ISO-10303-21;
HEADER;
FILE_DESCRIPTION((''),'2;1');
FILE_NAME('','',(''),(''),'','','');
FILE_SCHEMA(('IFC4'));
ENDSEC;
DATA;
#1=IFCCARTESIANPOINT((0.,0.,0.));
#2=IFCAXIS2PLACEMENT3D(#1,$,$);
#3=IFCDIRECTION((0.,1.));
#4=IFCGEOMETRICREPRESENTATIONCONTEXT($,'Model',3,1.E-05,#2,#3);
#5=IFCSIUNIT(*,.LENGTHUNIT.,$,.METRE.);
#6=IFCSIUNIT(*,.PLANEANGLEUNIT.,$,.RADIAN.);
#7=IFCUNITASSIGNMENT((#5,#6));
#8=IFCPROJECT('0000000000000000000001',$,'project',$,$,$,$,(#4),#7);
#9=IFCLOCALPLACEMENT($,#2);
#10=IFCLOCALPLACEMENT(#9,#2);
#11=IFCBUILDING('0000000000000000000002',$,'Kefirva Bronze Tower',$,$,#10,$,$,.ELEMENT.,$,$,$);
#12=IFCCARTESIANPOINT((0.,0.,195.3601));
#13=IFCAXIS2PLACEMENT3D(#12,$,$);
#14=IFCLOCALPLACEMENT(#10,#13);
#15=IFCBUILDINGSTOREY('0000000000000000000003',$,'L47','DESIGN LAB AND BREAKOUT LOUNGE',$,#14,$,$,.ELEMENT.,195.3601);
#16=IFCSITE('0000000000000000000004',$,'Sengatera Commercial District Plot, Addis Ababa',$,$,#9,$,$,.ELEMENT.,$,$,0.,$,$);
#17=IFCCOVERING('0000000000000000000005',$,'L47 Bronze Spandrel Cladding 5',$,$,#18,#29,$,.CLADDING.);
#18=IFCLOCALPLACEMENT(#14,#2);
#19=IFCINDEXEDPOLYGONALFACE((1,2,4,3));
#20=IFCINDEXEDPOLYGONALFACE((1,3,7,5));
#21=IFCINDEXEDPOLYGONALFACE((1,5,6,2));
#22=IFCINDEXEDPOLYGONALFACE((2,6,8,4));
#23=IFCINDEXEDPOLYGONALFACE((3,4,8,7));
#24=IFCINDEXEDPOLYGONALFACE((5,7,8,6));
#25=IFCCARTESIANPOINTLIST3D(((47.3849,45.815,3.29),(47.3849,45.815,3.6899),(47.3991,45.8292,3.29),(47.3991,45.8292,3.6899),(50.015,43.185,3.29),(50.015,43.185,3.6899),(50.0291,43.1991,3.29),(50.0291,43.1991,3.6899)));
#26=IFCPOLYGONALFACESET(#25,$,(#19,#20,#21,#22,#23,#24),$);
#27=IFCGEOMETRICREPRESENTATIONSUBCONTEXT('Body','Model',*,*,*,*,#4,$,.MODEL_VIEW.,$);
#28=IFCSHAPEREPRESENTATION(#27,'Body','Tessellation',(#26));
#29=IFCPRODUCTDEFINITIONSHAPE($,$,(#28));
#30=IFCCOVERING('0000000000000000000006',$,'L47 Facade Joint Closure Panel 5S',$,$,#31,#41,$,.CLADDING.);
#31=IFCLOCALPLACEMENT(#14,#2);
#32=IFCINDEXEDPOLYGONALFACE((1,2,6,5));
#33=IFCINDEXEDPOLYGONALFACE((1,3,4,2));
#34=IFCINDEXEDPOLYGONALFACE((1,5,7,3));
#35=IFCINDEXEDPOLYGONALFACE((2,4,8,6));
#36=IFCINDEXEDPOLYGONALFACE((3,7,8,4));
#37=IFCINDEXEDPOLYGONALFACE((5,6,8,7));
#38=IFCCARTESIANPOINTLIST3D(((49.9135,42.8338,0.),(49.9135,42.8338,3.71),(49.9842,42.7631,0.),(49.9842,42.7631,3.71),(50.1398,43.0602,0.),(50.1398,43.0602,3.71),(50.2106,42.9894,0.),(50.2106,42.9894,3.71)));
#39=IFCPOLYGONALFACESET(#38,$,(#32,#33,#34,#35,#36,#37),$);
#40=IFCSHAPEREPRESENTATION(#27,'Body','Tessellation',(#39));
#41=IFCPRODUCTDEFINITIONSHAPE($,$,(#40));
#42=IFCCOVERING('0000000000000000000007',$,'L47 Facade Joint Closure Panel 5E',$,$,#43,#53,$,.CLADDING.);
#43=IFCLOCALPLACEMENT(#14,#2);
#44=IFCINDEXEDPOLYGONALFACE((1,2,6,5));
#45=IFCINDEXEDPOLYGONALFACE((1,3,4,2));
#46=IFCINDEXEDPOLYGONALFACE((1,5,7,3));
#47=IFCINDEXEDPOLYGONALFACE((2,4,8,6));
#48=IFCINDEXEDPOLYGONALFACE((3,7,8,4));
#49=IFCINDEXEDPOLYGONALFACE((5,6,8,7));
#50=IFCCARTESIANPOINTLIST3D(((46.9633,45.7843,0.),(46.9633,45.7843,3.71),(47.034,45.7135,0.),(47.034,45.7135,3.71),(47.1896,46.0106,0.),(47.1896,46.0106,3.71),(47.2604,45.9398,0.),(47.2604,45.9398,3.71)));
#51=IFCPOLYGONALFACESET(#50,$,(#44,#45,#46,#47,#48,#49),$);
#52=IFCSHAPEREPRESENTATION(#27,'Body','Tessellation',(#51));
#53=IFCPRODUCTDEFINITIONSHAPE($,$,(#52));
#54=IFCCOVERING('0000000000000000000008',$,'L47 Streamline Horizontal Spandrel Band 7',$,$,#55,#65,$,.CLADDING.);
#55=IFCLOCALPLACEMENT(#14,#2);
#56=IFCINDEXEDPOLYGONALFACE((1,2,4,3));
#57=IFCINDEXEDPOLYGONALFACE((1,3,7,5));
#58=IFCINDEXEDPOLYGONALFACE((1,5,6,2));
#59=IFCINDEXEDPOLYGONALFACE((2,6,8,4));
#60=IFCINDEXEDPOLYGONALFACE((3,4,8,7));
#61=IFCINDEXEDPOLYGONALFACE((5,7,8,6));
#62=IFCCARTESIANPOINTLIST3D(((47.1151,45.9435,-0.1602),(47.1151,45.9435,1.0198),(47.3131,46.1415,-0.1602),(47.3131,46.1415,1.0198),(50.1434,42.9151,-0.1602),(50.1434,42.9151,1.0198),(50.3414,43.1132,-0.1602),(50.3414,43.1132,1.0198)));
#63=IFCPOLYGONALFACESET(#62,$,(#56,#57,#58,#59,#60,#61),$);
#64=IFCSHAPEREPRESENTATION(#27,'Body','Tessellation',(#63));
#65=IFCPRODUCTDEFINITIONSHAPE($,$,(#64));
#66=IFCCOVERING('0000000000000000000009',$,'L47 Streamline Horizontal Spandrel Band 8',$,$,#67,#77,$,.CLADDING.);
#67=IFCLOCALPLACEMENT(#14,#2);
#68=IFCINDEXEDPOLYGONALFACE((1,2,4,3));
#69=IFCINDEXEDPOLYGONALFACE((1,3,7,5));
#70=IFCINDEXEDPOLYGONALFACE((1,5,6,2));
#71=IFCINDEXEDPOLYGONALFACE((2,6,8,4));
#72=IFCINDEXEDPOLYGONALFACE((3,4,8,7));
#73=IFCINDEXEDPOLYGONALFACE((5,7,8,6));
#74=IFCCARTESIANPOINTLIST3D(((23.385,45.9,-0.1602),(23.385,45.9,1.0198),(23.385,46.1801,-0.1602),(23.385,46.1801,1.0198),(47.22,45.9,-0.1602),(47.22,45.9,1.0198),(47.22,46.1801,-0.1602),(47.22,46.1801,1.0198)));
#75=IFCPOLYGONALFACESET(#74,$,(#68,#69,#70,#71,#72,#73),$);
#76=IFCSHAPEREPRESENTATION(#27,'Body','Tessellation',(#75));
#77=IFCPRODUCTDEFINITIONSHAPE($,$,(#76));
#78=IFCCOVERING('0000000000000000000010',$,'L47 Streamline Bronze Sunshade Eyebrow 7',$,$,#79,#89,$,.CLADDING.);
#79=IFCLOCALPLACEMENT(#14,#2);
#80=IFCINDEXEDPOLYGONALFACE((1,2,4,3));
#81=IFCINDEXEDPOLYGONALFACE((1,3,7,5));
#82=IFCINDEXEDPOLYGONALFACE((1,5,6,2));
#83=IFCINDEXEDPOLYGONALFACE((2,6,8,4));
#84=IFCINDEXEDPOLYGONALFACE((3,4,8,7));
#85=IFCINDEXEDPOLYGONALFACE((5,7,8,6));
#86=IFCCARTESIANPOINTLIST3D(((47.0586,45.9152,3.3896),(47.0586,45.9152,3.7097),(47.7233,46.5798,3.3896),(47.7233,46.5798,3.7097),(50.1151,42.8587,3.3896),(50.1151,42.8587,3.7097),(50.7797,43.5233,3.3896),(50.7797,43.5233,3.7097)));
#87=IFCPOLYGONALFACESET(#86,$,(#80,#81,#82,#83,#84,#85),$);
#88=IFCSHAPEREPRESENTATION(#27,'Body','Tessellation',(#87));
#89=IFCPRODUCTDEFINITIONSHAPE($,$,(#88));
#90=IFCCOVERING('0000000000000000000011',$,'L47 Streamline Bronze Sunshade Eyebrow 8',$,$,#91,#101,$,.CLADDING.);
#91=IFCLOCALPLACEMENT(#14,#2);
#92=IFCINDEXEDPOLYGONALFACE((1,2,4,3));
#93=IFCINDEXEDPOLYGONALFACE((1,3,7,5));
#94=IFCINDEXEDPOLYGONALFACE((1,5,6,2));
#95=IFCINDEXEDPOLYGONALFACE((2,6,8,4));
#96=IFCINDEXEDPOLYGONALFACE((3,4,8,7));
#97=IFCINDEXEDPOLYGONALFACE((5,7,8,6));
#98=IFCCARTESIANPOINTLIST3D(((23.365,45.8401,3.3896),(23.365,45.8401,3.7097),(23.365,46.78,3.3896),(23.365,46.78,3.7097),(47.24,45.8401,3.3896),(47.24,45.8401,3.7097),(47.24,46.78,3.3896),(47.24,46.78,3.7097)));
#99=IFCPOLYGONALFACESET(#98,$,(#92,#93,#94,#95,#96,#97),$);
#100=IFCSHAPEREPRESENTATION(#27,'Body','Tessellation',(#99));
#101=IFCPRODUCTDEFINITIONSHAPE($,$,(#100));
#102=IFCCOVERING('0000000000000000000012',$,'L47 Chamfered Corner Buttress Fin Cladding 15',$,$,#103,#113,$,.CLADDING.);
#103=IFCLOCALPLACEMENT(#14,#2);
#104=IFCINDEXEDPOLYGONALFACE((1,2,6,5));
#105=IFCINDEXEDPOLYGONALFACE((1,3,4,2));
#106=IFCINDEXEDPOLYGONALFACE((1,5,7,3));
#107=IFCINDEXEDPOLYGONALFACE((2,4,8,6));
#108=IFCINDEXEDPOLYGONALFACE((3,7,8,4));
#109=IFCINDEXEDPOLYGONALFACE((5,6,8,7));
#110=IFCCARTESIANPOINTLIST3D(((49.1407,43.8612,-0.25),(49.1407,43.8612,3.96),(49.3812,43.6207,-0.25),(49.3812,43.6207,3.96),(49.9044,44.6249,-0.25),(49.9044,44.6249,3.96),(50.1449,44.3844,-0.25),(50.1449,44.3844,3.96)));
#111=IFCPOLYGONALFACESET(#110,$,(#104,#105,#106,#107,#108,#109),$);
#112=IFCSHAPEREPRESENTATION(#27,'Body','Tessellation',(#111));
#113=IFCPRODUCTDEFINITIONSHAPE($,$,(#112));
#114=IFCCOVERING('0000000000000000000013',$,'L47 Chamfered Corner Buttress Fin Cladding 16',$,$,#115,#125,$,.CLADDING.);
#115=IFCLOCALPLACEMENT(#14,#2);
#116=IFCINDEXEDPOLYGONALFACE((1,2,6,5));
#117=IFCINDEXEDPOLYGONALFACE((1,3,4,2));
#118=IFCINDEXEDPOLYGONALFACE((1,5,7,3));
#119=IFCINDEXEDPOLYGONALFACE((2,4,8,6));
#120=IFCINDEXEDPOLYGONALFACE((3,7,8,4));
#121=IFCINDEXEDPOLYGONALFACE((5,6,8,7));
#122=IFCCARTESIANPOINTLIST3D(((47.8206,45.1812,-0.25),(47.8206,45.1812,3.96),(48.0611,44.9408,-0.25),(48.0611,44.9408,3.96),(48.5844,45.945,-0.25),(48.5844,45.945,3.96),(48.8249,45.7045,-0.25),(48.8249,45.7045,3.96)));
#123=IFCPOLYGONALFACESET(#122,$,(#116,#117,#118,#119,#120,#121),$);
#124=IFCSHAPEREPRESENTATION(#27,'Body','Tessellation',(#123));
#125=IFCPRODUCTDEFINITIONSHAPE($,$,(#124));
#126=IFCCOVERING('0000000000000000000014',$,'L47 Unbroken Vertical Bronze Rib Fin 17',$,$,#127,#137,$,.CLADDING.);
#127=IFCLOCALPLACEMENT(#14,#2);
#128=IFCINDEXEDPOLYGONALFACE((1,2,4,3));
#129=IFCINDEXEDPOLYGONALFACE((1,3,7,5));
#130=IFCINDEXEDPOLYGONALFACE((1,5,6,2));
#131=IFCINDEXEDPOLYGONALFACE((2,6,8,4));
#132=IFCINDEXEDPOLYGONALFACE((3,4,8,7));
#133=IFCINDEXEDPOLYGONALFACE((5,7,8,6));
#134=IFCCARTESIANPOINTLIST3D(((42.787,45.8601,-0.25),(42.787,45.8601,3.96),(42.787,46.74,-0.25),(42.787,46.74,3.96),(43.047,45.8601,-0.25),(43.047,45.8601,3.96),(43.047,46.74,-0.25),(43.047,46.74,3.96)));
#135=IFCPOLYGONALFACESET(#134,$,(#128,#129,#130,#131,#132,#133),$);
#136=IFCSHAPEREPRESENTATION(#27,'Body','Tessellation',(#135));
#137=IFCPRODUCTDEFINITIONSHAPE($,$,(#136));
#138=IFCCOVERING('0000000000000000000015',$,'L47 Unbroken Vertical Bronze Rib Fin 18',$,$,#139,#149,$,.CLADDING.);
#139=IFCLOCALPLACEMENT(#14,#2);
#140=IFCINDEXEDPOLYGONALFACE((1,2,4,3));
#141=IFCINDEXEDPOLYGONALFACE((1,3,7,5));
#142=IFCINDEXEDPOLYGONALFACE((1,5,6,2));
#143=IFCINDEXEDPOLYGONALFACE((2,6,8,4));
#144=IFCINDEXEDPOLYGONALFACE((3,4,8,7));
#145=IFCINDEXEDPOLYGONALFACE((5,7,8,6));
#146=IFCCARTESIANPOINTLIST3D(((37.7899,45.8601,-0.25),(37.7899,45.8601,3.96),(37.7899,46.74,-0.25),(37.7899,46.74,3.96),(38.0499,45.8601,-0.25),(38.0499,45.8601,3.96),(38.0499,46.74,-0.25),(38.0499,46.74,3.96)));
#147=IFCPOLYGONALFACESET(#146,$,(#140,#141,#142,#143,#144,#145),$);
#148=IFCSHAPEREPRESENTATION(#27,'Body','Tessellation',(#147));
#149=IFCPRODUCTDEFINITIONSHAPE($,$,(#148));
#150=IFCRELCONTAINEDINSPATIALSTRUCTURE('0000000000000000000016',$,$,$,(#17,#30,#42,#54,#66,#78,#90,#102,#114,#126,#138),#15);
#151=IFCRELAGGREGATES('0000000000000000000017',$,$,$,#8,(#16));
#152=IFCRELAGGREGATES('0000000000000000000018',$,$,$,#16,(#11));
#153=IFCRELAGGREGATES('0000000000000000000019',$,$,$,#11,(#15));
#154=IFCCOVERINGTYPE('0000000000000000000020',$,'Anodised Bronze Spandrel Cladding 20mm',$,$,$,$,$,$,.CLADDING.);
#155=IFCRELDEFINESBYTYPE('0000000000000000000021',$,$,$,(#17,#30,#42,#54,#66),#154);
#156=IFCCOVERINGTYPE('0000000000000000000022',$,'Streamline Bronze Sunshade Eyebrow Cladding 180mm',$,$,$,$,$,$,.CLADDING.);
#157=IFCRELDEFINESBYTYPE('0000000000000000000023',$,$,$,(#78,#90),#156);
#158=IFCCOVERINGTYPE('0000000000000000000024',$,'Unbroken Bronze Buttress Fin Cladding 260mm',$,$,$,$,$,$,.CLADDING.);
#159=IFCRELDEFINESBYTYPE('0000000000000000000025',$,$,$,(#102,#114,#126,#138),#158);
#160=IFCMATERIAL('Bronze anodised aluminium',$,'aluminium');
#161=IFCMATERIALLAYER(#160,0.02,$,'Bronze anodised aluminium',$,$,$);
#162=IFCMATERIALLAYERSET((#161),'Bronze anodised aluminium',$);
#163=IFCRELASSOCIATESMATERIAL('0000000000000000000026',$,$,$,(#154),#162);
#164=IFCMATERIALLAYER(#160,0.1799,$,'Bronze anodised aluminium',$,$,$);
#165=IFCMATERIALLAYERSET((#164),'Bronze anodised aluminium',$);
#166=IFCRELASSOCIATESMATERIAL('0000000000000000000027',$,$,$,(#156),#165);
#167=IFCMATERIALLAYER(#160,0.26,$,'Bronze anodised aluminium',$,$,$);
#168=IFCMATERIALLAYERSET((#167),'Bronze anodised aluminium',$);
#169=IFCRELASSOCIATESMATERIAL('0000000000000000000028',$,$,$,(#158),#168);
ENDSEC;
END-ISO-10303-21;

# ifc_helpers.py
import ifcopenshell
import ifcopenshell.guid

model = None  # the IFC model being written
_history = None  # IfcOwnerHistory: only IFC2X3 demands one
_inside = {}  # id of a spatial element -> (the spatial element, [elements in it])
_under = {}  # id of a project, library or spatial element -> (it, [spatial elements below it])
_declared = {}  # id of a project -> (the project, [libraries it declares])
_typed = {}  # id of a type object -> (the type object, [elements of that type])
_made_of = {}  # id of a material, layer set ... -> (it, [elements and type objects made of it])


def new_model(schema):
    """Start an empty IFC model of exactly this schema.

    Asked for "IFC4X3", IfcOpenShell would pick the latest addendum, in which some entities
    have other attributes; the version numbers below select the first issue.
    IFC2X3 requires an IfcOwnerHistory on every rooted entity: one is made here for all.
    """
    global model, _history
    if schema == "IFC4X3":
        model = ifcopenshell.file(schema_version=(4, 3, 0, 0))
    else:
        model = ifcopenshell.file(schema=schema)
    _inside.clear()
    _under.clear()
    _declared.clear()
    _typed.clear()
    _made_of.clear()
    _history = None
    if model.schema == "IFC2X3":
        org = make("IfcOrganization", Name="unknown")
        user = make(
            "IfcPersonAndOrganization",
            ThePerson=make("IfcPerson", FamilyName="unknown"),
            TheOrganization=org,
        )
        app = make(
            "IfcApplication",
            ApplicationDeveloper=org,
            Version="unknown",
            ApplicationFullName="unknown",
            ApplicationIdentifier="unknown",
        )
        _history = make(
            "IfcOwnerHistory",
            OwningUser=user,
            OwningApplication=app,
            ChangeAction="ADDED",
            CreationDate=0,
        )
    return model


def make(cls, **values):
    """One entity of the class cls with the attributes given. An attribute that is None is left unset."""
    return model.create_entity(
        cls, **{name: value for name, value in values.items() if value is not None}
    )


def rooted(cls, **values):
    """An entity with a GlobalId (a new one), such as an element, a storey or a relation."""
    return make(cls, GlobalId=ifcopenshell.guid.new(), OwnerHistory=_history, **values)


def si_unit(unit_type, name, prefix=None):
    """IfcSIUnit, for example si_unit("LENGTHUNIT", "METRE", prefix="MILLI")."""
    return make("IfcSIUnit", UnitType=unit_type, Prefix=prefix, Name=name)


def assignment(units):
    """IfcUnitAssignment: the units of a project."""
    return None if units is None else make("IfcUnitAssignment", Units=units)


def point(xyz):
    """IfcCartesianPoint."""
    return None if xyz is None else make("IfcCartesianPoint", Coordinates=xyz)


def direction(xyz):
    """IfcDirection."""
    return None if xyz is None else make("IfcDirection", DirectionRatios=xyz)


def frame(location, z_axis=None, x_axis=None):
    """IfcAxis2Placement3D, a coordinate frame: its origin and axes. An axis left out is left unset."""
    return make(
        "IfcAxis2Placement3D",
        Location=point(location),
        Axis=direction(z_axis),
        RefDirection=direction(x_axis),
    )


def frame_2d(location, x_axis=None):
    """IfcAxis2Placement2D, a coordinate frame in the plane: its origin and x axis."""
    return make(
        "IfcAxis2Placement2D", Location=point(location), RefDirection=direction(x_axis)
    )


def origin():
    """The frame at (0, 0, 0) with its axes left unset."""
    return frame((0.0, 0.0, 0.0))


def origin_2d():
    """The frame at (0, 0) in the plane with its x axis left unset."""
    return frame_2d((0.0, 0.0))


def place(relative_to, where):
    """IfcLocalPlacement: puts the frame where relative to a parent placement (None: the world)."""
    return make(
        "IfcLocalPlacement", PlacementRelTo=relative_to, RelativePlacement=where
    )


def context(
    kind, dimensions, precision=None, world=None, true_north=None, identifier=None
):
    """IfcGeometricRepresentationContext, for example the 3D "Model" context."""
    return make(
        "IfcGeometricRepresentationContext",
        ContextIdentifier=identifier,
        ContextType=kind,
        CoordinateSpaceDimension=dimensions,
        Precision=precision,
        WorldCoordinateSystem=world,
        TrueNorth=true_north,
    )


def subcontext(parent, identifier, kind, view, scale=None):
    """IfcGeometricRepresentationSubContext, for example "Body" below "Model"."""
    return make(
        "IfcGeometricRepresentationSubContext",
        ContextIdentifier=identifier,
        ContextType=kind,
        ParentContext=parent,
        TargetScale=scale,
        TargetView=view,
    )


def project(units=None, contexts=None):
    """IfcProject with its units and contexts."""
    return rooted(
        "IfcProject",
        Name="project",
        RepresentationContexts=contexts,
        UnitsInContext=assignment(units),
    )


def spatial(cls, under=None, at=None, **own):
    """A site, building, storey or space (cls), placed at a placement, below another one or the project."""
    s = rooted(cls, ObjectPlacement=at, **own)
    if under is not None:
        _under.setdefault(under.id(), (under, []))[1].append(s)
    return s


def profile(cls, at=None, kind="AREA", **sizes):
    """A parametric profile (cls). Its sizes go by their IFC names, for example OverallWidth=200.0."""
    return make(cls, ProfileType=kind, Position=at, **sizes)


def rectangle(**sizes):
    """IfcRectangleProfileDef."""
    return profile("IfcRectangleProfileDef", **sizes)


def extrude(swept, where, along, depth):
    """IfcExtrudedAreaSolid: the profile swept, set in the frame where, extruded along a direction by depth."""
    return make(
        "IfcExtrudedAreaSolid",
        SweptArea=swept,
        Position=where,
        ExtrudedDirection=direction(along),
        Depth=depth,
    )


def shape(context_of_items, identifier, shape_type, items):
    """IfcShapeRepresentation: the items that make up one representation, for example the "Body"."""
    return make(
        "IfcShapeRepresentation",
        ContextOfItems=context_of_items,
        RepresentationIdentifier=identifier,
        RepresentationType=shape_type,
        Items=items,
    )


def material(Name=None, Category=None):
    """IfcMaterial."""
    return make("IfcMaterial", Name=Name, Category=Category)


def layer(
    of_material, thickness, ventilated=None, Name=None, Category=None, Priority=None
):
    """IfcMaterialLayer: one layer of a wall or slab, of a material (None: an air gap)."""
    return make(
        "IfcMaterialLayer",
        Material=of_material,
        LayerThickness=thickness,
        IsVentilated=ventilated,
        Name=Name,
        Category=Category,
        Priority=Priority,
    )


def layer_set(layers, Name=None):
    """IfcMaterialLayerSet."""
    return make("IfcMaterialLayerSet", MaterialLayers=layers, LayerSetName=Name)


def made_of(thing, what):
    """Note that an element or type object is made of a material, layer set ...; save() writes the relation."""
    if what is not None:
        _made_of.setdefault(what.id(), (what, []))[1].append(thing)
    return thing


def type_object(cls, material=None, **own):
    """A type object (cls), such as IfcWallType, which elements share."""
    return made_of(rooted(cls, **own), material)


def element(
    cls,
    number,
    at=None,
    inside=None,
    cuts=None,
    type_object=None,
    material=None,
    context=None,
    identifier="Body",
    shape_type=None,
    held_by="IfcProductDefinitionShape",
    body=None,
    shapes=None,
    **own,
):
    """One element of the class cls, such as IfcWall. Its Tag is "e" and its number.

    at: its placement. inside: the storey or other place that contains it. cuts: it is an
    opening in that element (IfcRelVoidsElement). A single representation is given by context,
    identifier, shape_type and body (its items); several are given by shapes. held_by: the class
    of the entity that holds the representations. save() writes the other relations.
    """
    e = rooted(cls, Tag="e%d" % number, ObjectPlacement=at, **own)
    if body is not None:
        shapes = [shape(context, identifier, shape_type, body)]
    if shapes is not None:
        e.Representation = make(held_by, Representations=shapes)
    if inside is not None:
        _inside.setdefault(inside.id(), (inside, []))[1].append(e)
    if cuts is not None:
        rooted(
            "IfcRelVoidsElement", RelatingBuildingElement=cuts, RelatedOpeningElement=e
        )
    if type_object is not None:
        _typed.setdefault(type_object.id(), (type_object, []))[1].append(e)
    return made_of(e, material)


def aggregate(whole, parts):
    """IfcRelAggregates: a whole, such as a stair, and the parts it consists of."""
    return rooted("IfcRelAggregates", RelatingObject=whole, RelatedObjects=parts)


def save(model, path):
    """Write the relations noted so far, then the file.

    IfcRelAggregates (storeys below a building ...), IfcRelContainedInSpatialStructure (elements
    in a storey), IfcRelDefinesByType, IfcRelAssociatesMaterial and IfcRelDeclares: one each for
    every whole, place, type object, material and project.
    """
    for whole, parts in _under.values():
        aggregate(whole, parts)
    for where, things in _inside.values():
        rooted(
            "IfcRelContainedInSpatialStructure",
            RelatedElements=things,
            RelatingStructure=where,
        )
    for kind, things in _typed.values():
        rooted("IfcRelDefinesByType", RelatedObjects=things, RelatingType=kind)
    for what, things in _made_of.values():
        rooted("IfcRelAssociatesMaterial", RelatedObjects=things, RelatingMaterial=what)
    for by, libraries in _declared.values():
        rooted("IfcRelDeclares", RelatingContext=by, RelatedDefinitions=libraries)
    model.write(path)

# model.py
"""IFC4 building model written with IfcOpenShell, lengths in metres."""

from ifc_helpers import new_model, si_unit, direction, frame, origin, origin_2d, place, context, subcontext, project, spatial, rectangle, extrude, material, layer, layer_set, type_object, element, save


model = new_model("IFC4")

# Units and contexts
model_context = context("Model", 3, precision=1e-05, world=origin(), true_north=direction((0.0, 1.0)))
body_context = subcontext(model_context, "Body", "Model", "MODEL_VIEW")
ifc_project = project(units=[si_unit("LENGTHUNIT", "METRE"), si_unit("PLANEANGLEUNIT", "RADIAN")], contexts=[model_context])

# Site, building, storey
site_placement = place(None, origin())
site = spatial("IfcSite", under=ifc_project, at=site_placement, Name="Sengatera Commercial District Plot, Addis Ababa", CompositionType="ELEMENT", RefElevation=0.0)
building_placement = place(site_placement, origin())
building = spatial("IfcBuilding", under=site, at=building_placement, Name="Kefirva Bronze Tower", CompositionType="ELEMENT")
storey_placement = place(building_placement, frame((0.0, 0.0, 195.3601)))
storey = spatial("IfcBuildingStorey", under=building, at=storey_placement, Name="L47", Description="DESIGN LAB AND BREAKOUT LOUNGE", CompositionType="ELEMENT", Elevation=195.3601)

# Shared definitions
ifc_material_1 = material(Name="Bronze anodised aluminium", Category="aluminium")

# Coverings
ifc_layer_1 = layer(ifc_material_1, 0.02, Name="Bronze anodised aluminium")
ifc_layer_set_1 = layer_set([ifc_layer_1], Name="Bronze anodised aluminium")
covering_type_1 = type_object("IfcCoveringType", Name="Anodised Bronze Spandrel Cladding 20mm", PredefinedType="CLADDING", material=ifc_layer_set_1)
covering_1_placement = place(storey_placement, frame((48.707, 44.5071, 3.29), z_axis=(0.0, 0.0, 1.0), x_axis=(-0.707107, 0.707107, 0.0)))
element("IfcCovering", 1, at=covering_1_placement, inside=storey, type_object=covering_type_1, Name="L47 Bronze Spandrel Cladding 5", PredefinedType="CLADDING", context=body_context, shape_type="SweptSolid", body=[
    extrude(rectangle(XDim=3.7195, YDim=0.02, at=origin_2d()), origin(), (0.0, 0.0, 1.0), 0.3999),
])
for number, where, z_axis, x_axis, name in (
    (2, (50.062, 42.9116, 0.0), (0.0, 0.0, 1.0), (-0.707107, 0.707107, 0.0), "L47 Facade Joint Closure Panel 5S"),
    (3, (47.1118, 45.8621, 0.0), (0.0, 0.0, 1.0), (-0.707107, 0.707107, 0.0), "L47 Facade Joint Closure Panel 5E"),
):
    element("IfcCovering", number, at=place(storey_placement, frame(where, z_axis=z_axis, x_axis=x_axis)), inside=storey, type_object=covering_type_1, Name=name, PredefinedType="CLADDING", context=body_context, shape_type="SweptSolid", body=[
        extrude(rectangle(XDim=0.1001, YDim=0.3201, at=origin_2d()), origin(), (0.0, 0.0, 1.0), 3.71),
    ])
covering_2_placement = place(storey_placement, frame((48.7283, 44.5283, -0.1602), z_axis=(0.0, 0.0, 1.0), x_axis=(-0.707107, 0.707107, 0.0)))
element("IfcCovering", 4, at=covering_2_placement, inside=storey, type_object=covering_type_1, Name="L47 Streamline Horizontal Spandrel Band 7", PredefinedType="CLADDING", context=body_context, shape_type="SweptSolid", body=[
    extrude(rectangle(XDim=4.2827, YDim=0.28, at=origin_2d()), origin(), (0.0, 0.0, 1.0), 1.1799),
])
covering_3_placement = place(storey_placement, frame((35.3025, 46.04, -0.1602), z_axis=(0.0, 0.0, 1.0), x_axis=(-1.0, 0.0, 0.0)))
element("IfcCovering", 5, at=covering_3_placement, inside=storey, type_object=covering_type_1, Name="L47 Streamline Horizontal Spandrel Band 8", PredefinedType="CLADDING", context=body_context, shape_type="SweptSolid", body=[
    extrude(rectangle(XDim=23.835, YDim=0.28, at=origin_2d()), origin(), (0.0, 0.0, 1.0), 1.1799),
])
ifc_layer_2 = layer(ifc_material_1, 0.1799, Name="Bronze anodised aluminium")
ifc_layer_set_2 = layer_set([ifc_layer_2], Name="Bronze anodised aluminium")
covering_type_2 = type_object("IfcCoveringType", Name="Streamline Bronze Sunshade Eyebrow Cladding 180mm", PredefinedType="CLADDING", material=ifc_layer_set_2)
covering_4_placement = place(storey_placement, frame((48.9192, 44.7192, 3.3896), z_axis=(0.0, 0.0, 1.0), x_axis=(-0.707107, 0.707107, 0.0)))
element("IfcCovering", 6, at=covering_4_placement, inside=storey, type_object=covering_type_2, Name="L47 Streamline Bronze Sunshade Eyebrow 7", PredefinedType="CLADDING", context=body_context, shape_type="SweptSolid", body=[
    extrude(rectangle(XDim=4.3225, YDim=0.9399, at=origin_2d()), origin(), (0.0, 0.0, 1.0), 0.3201),
])
covering_5_placement = place(storey_placement, frame((35.3025, 46.3101, 3.3896), z_axis=(0.0, 0.0, 1.0), x_axis=(-1.0, 0.0, 0.0)))
element("IfcCovering", 7, at=covering_5_placement, inside=storey, type_object=covering_type_2, Name="L47 Streamline Bronze Sunshade Eyebrow 8", PredefinedType="CLADDING", context=body_context, shape_type="SweptSolid", body=[
    extrude(rectangle(XDim=23.875, YDim=0.9399, at=origin_2d()), origin(), (0.0, 0.0, 1.0), 0.3201),
])
ifc_layer_3 = layer(ifc_material_1, 0.26, Name="Bronze anodised aluminium")
ifc_layer_set_3 = layer_set([ifc_layer_3], Name="Bronze anodised aluminium")
covering_type_3 = type_object("IfcCoveringType", Name="Unbroken Bronze Buttress Fin Cladding 260mm", PredefinedType="CLADDING", material=ifc_layer_set_3)
for number, where, z_axis, x_axis, name in (
    (8, (49.6428, 44.1228, -0.25), (0.0, 0.0, 1.0), (-0.707107, 0.707107, 0.0), "L47 Chamfered Corner Buttress Fin Cladding 15"),
    (9, (48.3228, 45.4429, -0.25), (0.0, 0.0, 1.0), (-0.707107, 0.707107, 0.0), "L47 Chamfered Corner Buttress Fin Cladding 16"),
):
    element("IfcCovering", number, at=place(storey_placement, frame(where, z_axis=z_axis, x_axis=x_axis)), inside=storey, type_object=covering_type_3, Name=name, PredefinedType="CLADDING", context=body_context, shape_type="SweptSolid", body=[
        extrude(rectangle(XDim=0.3401, YDim=1.0801, at=origin_2d()), origin(), (0.0, 0.0, 1.0), 4.21),
    ])
for number, where, z_axis, x_axis, name in (
    (10, (42.917, 46.3, -0.25), (0.0, 0.0, 1.0), (-1.0, 0.0, 0.0), "L47 Unbroken Vertical Bronze Rib Fin 17"),
    (11, (37.9199, 46.3, -0.25), (0.0, 0.0, 1.0), (-1.0, 0.0, 0.0), "L47 Unbroken Vertical Bronze Rib Fin 18"),
):
    element("IfcCovering", number, at=place(storey_placement, frame(where, z_axis=z_axis, x_axis=x_axis)), inside=storey, type_object=covering_type_3, Name=name, PredefinedType="CLADDING", context=body_context, shape_type="SweptSolid", body=[
        extrude(rectangle(XDim=0.26, YDim=0.8799, at=origin_2d()), origin(), (0.0, 0.0, 1.0), 4.21),
    ])

save(model, "model.ifc")
